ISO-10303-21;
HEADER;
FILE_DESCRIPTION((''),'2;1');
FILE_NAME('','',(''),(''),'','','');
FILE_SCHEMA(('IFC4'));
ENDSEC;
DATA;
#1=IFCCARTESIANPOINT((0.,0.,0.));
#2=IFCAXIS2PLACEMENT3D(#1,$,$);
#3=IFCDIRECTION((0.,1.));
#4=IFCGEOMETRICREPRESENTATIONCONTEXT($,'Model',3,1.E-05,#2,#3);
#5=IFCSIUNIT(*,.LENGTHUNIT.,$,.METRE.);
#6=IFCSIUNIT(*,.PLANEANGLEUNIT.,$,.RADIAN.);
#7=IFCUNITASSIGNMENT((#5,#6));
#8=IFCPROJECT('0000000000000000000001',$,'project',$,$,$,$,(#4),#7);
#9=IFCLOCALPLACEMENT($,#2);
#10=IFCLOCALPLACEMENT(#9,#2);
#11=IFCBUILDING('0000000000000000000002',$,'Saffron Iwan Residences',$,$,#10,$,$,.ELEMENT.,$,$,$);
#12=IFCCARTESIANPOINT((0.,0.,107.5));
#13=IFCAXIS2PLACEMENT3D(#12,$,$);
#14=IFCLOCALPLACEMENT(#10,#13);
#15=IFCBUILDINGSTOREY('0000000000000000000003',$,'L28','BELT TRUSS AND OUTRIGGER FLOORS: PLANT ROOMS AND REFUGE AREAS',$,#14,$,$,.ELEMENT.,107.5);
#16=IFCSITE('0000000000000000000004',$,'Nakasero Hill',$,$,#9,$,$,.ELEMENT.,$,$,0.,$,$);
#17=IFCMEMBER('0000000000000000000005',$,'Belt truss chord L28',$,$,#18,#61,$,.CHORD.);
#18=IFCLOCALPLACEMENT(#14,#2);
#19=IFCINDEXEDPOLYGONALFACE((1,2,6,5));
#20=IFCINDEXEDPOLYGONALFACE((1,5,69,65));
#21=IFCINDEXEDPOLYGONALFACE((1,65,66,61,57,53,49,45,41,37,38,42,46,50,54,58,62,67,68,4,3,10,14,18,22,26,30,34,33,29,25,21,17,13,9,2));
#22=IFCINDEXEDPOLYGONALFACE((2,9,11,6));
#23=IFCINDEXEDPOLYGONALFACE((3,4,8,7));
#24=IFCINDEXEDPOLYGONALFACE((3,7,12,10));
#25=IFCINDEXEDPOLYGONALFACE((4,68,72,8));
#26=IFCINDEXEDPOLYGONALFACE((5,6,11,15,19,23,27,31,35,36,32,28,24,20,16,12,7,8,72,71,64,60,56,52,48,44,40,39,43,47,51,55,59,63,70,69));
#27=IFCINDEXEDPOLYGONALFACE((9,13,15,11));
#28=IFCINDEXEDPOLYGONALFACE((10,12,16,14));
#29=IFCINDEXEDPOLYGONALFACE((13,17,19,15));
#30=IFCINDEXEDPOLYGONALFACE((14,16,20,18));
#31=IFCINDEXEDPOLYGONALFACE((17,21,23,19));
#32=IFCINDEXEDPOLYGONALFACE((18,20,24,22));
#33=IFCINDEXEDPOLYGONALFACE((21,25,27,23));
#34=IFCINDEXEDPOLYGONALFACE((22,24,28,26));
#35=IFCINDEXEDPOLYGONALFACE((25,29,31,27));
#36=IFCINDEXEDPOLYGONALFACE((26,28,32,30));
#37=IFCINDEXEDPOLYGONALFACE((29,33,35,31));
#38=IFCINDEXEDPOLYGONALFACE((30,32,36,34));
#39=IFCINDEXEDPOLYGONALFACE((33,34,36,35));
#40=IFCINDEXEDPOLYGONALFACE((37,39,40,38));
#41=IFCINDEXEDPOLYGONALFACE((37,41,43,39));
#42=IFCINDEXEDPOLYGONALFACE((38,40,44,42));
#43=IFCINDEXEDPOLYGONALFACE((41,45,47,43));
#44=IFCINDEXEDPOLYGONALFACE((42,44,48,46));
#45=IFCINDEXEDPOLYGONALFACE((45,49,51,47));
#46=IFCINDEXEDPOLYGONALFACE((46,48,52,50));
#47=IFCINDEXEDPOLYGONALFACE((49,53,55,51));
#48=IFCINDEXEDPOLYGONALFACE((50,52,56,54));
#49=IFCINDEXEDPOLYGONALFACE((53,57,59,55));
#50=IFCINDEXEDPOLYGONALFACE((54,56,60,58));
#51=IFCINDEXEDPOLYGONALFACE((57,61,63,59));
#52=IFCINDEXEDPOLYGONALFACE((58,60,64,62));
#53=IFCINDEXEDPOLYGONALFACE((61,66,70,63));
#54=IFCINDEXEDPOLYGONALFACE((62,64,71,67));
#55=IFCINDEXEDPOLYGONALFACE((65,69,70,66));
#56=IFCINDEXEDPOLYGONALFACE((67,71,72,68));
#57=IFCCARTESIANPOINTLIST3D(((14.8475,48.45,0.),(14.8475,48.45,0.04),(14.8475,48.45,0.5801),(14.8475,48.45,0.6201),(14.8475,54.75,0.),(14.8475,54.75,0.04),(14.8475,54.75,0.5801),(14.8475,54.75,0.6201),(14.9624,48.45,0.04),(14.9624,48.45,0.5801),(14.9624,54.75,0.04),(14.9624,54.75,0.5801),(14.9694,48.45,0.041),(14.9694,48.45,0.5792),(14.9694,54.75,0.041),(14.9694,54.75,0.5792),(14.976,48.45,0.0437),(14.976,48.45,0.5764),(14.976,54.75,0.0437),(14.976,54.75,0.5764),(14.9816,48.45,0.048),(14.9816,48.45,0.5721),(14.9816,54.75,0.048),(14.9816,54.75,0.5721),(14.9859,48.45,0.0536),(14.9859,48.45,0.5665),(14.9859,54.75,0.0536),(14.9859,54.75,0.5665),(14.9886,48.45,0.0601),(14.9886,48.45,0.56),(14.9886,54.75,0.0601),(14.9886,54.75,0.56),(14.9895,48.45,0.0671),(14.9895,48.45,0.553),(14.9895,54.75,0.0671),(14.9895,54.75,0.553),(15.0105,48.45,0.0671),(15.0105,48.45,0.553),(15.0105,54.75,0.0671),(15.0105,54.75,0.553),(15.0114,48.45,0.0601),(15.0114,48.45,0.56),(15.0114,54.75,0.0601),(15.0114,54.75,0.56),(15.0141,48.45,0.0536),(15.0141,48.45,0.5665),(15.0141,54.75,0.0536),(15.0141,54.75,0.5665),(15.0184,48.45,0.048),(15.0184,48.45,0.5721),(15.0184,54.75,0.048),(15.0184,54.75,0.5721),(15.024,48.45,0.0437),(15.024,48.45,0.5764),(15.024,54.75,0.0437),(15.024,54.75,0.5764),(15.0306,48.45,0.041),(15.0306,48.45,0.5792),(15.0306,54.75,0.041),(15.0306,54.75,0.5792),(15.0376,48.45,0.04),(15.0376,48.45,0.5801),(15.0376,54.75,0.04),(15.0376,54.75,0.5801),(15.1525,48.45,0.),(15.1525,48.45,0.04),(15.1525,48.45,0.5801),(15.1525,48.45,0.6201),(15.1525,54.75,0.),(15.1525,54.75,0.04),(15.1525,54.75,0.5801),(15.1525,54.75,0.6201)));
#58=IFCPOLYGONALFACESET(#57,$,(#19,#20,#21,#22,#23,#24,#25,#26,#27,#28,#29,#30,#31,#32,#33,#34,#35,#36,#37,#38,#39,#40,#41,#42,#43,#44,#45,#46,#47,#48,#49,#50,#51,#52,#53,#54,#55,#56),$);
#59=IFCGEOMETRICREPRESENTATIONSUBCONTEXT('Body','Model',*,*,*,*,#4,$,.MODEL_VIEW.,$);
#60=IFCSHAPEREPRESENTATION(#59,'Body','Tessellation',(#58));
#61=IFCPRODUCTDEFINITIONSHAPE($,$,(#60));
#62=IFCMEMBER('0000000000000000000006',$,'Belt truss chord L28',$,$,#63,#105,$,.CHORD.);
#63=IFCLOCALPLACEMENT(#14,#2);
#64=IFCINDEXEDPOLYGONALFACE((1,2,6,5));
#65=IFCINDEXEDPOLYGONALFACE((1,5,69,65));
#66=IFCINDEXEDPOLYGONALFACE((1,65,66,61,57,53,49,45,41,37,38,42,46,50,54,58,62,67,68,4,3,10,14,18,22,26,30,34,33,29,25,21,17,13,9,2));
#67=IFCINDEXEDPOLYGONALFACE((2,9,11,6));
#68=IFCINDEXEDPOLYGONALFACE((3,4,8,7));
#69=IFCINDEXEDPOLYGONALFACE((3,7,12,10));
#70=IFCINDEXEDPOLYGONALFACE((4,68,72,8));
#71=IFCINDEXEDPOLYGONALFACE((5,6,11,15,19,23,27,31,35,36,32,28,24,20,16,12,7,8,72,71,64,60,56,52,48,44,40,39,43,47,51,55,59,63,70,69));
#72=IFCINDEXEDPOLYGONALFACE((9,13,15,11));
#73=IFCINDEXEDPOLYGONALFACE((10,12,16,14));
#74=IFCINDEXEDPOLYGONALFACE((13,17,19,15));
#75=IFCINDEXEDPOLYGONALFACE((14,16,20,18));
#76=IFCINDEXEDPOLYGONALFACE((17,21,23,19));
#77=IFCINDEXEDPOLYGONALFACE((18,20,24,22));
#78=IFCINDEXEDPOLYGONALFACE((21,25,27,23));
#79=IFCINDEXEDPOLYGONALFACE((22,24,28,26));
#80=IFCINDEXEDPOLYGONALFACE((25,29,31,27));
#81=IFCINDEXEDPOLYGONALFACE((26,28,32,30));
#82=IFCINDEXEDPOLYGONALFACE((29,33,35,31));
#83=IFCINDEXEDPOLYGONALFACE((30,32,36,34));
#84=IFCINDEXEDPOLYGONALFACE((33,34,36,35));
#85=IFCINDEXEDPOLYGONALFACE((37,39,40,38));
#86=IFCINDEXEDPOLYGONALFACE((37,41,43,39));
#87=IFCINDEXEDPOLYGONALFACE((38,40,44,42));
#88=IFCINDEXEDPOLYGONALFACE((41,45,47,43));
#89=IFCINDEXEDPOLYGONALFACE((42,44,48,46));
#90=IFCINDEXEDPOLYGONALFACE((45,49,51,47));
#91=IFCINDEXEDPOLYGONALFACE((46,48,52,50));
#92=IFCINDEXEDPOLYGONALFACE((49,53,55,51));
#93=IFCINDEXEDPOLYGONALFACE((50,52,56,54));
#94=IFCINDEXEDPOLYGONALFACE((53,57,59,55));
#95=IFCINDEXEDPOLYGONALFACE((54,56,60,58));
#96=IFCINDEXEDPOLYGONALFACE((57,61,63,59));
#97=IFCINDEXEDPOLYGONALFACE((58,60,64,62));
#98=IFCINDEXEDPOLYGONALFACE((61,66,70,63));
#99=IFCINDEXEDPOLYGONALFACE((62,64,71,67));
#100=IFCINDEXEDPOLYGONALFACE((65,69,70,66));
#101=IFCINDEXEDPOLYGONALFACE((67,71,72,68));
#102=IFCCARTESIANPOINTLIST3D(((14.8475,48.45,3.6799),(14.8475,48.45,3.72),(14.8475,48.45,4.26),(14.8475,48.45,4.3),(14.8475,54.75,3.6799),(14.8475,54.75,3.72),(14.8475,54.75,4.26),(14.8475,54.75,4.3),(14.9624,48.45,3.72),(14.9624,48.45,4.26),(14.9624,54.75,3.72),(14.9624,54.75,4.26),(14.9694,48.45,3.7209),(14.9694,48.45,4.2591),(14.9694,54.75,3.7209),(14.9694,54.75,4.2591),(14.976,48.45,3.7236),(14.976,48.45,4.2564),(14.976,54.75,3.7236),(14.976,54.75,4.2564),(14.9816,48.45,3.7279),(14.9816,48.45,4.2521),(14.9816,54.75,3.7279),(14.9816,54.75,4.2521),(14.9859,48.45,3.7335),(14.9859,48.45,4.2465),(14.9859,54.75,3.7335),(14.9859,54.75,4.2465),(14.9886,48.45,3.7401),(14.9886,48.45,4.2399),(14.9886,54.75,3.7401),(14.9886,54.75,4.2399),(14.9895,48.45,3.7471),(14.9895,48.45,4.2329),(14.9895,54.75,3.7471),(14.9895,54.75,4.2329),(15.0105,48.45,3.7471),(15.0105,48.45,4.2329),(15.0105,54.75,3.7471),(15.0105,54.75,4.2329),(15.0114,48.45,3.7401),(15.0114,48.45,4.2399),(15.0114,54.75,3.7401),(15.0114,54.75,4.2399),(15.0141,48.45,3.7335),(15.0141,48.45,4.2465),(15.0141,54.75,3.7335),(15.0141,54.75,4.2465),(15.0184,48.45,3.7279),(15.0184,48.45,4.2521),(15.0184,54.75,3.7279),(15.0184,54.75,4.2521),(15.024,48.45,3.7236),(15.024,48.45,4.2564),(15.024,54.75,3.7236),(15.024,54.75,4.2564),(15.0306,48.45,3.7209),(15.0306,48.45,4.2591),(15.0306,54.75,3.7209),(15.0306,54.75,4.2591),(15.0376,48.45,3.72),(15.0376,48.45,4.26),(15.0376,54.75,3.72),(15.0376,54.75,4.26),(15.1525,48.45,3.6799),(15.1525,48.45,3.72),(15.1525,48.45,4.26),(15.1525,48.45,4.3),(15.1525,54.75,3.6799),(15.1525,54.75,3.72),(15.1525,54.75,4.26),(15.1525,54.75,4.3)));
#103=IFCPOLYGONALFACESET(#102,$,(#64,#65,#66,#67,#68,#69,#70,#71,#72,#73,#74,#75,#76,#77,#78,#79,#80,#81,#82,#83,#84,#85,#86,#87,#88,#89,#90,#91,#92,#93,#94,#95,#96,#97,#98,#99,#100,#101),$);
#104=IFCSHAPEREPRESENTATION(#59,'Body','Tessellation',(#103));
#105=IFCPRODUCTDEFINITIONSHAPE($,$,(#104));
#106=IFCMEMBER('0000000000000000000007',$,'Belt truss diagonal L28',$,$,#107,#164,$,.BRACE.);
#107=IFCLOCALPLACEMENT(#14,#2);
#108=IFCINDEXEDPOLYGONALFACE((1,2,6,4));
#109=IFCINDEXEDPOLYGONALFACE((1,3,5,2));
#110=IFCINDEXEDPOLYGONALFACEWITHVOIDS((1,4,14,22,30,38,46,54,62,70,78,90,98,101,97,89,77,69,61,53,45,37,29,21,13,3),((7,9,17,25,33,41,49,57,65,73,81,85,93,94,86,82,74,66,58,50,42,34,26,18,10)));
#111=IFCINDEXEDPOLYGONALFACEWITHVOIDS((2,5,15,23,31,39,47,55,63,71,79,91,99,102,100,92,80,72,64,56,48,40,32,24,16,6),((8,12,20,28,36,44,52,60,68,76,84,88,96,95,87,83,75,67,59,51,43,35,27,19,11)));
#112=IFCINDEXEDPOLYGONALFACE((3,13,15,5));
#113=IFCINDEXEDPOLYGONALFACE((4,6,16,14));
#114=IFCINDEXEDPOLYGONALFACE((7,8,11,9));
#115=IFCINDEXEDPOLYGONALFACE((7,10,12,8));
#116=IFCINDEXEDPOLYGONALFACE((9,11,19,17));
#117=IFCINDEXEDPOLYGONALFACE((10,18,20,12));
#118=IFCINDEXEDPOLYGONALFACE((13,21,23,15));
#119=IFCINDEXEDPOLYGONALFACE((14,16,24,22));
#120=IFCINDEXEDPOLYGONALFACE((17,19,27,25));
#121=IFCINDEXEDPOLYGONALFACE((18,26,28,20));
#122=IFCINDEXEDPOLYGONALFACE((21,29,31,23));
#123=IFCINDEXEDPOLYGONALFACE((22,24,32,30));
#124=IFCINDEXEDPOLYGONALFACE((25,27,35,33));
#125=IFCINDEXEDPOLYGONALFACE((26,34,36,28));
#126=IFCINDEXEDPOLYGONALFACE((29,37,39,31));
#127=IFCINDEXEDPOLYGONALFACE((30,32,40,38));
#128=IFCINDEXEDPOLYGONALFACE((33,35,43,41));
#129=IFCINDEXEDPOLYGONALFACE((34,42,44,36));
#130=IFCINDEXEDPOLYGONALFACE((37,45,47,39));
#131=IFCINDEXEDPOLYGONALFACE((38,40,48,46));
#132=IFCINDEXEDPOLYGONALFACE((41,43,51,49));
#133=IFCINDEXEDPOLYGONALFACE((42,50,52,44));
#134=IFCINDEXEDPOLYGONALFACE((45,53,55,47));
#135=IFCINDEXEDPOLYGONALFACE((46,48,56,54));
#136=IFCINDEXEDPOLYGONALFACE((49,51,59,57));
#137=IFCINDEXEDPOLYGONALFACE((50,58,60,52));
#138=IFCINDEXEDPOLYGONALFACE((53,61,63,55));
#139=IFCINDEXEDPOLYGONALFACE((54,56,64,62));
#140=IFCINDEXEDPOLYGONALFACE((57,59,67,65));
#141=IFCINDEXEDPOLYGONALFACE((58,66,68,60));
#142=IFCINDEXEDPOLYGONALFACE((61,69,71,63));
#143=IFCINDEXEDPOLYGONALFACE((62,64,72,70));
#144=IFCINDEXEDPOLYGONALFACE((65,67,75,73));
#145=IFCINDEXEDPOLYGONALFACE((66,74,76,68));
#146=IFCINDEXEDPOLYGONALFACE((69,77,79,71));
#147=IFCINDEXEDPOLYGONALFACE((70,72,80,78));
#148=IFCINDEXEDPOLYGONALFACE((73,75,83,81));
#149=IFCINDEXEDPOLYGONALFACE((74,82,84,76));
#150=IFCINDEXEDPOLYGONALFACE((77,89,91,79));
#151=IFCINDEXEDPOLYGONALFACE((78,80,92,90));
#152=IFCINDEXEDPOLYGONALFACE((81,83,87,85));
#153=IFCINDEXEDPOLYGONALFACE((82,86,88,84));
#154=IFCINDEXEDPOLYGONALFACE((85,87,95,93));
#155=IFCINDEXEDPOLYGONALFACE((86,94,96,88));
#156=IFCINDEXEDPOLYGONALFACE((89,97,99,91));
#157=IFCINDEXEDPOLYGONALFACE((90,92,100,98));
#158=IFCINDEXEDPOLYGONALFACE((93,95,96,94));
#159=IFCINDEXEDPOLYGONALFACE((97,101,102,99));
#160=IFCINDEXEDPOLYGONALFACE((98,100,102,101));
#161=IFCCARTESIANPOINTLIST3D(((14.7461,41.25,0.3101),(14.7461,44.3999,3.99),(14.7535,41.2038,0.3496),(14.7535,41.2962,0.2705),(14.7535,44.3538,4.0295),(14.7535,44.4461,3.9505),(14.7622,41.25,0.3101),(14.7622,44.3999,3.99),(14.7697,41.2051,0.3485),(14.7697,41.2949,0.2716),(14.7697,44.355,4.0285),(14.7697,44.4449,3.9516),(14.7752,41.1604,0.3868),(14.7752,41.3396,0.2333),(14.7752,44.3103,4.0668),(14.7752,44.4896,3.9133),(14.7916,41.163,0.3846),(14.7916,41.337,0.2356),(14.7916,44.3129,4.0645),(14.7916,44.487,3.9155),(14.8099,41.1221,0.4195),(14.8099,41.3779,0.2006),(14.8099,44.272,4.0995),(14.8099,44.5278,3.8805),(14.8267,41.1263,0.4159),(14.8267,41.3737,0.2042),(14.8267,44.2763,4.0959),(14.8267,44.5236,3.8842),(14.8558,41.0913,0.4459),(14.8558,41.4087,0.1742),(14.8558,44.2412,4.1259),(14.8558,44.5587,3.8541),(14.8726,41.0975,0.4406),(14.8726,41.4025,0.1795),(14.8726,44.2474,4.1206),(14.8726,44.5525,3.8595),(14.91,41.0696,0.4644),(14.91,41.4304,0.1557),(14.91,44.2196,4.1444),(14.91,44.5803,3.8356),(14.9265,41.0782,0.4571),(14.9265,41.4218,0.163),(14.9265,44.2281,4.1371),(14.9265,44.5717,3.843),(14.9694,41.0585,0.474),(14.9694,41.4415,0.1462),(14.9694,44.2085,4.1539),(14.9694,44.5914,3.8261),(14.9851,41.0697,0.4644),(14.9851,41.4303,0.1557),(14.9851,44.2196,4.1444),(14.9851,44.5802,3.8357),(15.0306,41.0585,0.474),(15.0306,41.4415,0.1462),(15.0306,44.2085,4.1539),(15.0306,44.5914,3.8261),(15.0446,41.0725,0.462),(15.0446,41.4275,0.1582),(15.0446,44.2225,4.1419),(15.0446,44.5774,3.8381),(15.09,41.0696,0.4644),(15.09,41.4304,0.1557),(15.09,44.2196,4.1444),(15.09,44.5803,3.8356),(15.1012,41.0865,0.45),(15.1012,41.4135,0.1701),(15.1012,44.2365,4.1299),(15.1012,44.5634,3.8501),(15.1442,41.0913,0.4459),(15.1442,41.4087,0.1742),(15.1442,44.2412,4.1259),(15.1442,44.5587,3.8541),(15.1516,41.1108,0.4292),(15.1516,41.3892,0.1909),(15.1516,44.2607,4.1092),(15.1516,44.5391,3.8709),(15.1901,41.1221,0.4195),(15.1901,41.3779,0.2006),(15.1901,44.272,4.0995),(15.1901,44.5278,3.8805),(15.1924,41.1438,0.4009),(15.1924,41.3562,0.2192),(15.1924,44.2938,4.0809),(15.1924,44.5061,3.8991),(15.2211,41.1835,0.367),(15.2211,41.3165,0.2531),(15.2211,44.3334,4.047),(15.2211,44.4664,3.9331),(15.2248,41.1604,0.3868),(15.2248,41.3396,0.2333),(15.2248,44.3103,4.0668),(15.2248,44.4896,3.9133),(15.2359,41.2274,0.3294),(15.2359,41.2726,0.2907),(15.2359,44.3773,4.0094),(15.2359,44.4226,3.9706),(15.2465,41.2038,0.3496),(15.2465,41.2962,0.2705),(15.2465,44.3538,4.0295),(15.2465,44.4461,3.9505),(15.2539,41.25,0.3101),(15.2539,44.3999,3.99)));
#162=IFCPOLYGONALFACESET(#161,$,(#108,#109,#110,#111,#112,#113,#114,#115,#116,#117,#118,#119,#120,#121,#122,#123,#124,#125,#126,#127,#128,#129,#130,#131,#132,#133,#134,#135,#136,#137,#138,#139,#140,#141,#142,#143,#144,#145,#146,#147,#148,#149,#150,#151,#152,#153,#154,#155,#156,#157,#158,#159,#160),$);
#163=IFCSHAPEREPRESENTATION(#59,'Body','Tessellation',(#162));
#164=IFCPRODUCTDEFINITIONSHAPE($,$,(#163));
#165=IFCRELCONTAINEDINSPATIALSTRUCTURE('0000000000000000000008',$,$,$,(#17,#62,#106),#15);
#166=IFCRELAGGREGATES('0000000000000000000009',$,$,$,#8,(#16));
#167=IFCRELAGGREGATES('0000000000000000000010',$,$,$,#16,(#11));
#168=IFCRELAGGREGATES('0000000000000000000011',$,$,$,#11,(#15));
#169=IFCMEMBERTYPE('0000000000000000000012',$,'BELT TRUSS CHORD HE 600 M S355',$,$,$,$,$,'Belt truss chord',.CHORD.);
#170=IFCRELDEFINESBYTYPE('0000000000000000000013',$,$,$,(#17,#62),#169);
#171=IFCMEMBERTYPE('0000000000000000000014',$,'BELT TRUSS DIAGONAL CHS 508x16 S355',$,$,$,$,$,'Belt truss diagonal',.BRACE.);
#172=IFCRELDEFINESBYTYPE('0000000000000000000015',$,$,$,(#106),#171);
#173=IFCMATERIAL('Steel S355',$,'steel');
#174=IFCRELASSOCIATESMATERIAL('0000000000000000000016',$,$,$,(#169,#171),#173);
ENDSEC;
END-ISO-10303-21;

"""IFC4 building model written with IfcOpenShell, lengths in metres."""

from ifc_helpers import new_model, si_unit, direction, frame, origin, origin_2d, place, context, subcontext, project, spatial, hollow_circle, i_section, extrude, source, transform, mapped, material, material_profile, profile_set, type_object, element, save


model = new_model("IFC4")

# Units and contexts
model_context = context("Model", 3, precision=1e-05, world=origin(), true_north=direction((0.0, 1.0)))
body_context = subcontext(model_context, "Body", "Model", "MODEL_VIEW")
ifc_project = project(units=[si_unit("LENGTHUNIT", "METRE"), si_unit("PLANEANGLEUNIT", "RADIAN")], contexts=[model_context])

# Site, building, storey
site_placement = place(None, origin())
site = spatial("IfcSite", under=ifc_project, at=site_placement, Name="Nakasero Hill", CompositionType="ELEMENT", RefElevation=0.0)
building_placement = place(site_placement, origin())
building = spatial("IfcBuilding", under=site, at=building_placement, Name="Saffron Iwan Residences", CompositionType="ELEMENT")
storey_placement = place(building_placement, frame((0.0, 0.0, 107.5)))
storey = spatial("IfcBuildingStorey", under=building, at=storey_placement, Name="L28", Description="BELT TRUSS AND OUTRIGGER FLOORS: PLANT ROOMS AND REFUGE AREAS", CompositionType="ELEMENT", Elevation=107.5)

# Members
ifc_material_1 = material(Name="Steel S355", Category="steel")
ifc_material_profile_1 = material_profile(ifc_material_1, i_section(OverallWidth=0.3049, OverallDepth=0.6201, WebThickness=0.021, FlangeThickness=0.04, FilletRadius=0.0271, at=origin_2d()), Name="HE 600 M")
ifc_profile_set_1 = profile_set([ifc_material_profile_1], Name="Steel S355")
member_type_1 = type_object("IfcMemberType", Name="BELT TRUSS CHORD HE 600 M S355", ElementType="Belt truss chord", PredefinedType="CHORD", material=ifc_profile_set_1)
shared_shape_1 = source(origin(), body_context, "Body", "SweptSolid", [
    extrude(i_section(OverallWidth=0.3049, OverallDepth=0.6201, WebThickness=0.021, FlangeThickness=0.04, FilletRadius=0.0271, at=origin_2d()), origin(), (0.0, 0.0, 1.0), 6.3),
])
for number, where, z_axis, x_axis, name in (
    (1, (15.0, 48.45, 0.3101), (0.0, 1.0, 0.0), (-1.0, 0.0, 0.0), "Belt truss chord L28"),
    (2, (15.0, 48.45, 3.99), (0.0, 1.0, 0.0), (-1.0, 0.0, 0.0), "Belt truss chord L28"),
):
    element("IfcMember", number, at=place(storey_placement, frame(where, z_axis=z_axis, x_axis=x_axis)), inside=storey, type_object=member_type_1, Name=name, PredefinedType="CHORD", context=body_context, shape_type="MappedRepresentation", body=[
        mapped(shared_shape_1, transform((0.0, 0.0, 0.0))),
    ])
ifc_material_profile_2 = material_profile(ifc_material_1, hollow_circle(Radius=0.2539, WallThickness=0.0161, at=origin_2d()), Name="CHS 508x16")
ifc_profile_set_2 = profile_set([ifc_material_profile_2], Name="Steel S355")
member_type_2 = type_object("IfcMemberType", Name="BELT TRUSS DIAGONAL CHS 508x16 S355", ElementType="Belt truss diagonal", PredefinedType="BRACE", material=ifc_profile_set_2)
shared_shape_2 = source(origin(), body_context, "Body", "SweptSolid", [
    extrude(hollow_circle(Radius=0.2539, WallThickness=0.0161, at=origin_2d()), origin(), (0.0, 0.0, 1.0), 4.844),
])
for number, where, z_axis, x_axis, name in (
    (3, (15.0, 41.25, 0.3101), (0.0, 0.650277, 0.759698), (-1.0, 0.0, 0.0), "Belt truss diagonal L28"),
):
    element("IfcMember", number, at=place(storey_placement, frame(where, z_axis=z_axis, x_axis=x_axis)), inside=storey, type_object=member_type_2, Name=name, PredefinedType="BRACE", context=body_context, shape_type="MappedRepresentation", body=[
        mapped(shared_shape_2, transform((0.0, 0.0, 0.0))),
    ])

save(model, "model.ifc")
